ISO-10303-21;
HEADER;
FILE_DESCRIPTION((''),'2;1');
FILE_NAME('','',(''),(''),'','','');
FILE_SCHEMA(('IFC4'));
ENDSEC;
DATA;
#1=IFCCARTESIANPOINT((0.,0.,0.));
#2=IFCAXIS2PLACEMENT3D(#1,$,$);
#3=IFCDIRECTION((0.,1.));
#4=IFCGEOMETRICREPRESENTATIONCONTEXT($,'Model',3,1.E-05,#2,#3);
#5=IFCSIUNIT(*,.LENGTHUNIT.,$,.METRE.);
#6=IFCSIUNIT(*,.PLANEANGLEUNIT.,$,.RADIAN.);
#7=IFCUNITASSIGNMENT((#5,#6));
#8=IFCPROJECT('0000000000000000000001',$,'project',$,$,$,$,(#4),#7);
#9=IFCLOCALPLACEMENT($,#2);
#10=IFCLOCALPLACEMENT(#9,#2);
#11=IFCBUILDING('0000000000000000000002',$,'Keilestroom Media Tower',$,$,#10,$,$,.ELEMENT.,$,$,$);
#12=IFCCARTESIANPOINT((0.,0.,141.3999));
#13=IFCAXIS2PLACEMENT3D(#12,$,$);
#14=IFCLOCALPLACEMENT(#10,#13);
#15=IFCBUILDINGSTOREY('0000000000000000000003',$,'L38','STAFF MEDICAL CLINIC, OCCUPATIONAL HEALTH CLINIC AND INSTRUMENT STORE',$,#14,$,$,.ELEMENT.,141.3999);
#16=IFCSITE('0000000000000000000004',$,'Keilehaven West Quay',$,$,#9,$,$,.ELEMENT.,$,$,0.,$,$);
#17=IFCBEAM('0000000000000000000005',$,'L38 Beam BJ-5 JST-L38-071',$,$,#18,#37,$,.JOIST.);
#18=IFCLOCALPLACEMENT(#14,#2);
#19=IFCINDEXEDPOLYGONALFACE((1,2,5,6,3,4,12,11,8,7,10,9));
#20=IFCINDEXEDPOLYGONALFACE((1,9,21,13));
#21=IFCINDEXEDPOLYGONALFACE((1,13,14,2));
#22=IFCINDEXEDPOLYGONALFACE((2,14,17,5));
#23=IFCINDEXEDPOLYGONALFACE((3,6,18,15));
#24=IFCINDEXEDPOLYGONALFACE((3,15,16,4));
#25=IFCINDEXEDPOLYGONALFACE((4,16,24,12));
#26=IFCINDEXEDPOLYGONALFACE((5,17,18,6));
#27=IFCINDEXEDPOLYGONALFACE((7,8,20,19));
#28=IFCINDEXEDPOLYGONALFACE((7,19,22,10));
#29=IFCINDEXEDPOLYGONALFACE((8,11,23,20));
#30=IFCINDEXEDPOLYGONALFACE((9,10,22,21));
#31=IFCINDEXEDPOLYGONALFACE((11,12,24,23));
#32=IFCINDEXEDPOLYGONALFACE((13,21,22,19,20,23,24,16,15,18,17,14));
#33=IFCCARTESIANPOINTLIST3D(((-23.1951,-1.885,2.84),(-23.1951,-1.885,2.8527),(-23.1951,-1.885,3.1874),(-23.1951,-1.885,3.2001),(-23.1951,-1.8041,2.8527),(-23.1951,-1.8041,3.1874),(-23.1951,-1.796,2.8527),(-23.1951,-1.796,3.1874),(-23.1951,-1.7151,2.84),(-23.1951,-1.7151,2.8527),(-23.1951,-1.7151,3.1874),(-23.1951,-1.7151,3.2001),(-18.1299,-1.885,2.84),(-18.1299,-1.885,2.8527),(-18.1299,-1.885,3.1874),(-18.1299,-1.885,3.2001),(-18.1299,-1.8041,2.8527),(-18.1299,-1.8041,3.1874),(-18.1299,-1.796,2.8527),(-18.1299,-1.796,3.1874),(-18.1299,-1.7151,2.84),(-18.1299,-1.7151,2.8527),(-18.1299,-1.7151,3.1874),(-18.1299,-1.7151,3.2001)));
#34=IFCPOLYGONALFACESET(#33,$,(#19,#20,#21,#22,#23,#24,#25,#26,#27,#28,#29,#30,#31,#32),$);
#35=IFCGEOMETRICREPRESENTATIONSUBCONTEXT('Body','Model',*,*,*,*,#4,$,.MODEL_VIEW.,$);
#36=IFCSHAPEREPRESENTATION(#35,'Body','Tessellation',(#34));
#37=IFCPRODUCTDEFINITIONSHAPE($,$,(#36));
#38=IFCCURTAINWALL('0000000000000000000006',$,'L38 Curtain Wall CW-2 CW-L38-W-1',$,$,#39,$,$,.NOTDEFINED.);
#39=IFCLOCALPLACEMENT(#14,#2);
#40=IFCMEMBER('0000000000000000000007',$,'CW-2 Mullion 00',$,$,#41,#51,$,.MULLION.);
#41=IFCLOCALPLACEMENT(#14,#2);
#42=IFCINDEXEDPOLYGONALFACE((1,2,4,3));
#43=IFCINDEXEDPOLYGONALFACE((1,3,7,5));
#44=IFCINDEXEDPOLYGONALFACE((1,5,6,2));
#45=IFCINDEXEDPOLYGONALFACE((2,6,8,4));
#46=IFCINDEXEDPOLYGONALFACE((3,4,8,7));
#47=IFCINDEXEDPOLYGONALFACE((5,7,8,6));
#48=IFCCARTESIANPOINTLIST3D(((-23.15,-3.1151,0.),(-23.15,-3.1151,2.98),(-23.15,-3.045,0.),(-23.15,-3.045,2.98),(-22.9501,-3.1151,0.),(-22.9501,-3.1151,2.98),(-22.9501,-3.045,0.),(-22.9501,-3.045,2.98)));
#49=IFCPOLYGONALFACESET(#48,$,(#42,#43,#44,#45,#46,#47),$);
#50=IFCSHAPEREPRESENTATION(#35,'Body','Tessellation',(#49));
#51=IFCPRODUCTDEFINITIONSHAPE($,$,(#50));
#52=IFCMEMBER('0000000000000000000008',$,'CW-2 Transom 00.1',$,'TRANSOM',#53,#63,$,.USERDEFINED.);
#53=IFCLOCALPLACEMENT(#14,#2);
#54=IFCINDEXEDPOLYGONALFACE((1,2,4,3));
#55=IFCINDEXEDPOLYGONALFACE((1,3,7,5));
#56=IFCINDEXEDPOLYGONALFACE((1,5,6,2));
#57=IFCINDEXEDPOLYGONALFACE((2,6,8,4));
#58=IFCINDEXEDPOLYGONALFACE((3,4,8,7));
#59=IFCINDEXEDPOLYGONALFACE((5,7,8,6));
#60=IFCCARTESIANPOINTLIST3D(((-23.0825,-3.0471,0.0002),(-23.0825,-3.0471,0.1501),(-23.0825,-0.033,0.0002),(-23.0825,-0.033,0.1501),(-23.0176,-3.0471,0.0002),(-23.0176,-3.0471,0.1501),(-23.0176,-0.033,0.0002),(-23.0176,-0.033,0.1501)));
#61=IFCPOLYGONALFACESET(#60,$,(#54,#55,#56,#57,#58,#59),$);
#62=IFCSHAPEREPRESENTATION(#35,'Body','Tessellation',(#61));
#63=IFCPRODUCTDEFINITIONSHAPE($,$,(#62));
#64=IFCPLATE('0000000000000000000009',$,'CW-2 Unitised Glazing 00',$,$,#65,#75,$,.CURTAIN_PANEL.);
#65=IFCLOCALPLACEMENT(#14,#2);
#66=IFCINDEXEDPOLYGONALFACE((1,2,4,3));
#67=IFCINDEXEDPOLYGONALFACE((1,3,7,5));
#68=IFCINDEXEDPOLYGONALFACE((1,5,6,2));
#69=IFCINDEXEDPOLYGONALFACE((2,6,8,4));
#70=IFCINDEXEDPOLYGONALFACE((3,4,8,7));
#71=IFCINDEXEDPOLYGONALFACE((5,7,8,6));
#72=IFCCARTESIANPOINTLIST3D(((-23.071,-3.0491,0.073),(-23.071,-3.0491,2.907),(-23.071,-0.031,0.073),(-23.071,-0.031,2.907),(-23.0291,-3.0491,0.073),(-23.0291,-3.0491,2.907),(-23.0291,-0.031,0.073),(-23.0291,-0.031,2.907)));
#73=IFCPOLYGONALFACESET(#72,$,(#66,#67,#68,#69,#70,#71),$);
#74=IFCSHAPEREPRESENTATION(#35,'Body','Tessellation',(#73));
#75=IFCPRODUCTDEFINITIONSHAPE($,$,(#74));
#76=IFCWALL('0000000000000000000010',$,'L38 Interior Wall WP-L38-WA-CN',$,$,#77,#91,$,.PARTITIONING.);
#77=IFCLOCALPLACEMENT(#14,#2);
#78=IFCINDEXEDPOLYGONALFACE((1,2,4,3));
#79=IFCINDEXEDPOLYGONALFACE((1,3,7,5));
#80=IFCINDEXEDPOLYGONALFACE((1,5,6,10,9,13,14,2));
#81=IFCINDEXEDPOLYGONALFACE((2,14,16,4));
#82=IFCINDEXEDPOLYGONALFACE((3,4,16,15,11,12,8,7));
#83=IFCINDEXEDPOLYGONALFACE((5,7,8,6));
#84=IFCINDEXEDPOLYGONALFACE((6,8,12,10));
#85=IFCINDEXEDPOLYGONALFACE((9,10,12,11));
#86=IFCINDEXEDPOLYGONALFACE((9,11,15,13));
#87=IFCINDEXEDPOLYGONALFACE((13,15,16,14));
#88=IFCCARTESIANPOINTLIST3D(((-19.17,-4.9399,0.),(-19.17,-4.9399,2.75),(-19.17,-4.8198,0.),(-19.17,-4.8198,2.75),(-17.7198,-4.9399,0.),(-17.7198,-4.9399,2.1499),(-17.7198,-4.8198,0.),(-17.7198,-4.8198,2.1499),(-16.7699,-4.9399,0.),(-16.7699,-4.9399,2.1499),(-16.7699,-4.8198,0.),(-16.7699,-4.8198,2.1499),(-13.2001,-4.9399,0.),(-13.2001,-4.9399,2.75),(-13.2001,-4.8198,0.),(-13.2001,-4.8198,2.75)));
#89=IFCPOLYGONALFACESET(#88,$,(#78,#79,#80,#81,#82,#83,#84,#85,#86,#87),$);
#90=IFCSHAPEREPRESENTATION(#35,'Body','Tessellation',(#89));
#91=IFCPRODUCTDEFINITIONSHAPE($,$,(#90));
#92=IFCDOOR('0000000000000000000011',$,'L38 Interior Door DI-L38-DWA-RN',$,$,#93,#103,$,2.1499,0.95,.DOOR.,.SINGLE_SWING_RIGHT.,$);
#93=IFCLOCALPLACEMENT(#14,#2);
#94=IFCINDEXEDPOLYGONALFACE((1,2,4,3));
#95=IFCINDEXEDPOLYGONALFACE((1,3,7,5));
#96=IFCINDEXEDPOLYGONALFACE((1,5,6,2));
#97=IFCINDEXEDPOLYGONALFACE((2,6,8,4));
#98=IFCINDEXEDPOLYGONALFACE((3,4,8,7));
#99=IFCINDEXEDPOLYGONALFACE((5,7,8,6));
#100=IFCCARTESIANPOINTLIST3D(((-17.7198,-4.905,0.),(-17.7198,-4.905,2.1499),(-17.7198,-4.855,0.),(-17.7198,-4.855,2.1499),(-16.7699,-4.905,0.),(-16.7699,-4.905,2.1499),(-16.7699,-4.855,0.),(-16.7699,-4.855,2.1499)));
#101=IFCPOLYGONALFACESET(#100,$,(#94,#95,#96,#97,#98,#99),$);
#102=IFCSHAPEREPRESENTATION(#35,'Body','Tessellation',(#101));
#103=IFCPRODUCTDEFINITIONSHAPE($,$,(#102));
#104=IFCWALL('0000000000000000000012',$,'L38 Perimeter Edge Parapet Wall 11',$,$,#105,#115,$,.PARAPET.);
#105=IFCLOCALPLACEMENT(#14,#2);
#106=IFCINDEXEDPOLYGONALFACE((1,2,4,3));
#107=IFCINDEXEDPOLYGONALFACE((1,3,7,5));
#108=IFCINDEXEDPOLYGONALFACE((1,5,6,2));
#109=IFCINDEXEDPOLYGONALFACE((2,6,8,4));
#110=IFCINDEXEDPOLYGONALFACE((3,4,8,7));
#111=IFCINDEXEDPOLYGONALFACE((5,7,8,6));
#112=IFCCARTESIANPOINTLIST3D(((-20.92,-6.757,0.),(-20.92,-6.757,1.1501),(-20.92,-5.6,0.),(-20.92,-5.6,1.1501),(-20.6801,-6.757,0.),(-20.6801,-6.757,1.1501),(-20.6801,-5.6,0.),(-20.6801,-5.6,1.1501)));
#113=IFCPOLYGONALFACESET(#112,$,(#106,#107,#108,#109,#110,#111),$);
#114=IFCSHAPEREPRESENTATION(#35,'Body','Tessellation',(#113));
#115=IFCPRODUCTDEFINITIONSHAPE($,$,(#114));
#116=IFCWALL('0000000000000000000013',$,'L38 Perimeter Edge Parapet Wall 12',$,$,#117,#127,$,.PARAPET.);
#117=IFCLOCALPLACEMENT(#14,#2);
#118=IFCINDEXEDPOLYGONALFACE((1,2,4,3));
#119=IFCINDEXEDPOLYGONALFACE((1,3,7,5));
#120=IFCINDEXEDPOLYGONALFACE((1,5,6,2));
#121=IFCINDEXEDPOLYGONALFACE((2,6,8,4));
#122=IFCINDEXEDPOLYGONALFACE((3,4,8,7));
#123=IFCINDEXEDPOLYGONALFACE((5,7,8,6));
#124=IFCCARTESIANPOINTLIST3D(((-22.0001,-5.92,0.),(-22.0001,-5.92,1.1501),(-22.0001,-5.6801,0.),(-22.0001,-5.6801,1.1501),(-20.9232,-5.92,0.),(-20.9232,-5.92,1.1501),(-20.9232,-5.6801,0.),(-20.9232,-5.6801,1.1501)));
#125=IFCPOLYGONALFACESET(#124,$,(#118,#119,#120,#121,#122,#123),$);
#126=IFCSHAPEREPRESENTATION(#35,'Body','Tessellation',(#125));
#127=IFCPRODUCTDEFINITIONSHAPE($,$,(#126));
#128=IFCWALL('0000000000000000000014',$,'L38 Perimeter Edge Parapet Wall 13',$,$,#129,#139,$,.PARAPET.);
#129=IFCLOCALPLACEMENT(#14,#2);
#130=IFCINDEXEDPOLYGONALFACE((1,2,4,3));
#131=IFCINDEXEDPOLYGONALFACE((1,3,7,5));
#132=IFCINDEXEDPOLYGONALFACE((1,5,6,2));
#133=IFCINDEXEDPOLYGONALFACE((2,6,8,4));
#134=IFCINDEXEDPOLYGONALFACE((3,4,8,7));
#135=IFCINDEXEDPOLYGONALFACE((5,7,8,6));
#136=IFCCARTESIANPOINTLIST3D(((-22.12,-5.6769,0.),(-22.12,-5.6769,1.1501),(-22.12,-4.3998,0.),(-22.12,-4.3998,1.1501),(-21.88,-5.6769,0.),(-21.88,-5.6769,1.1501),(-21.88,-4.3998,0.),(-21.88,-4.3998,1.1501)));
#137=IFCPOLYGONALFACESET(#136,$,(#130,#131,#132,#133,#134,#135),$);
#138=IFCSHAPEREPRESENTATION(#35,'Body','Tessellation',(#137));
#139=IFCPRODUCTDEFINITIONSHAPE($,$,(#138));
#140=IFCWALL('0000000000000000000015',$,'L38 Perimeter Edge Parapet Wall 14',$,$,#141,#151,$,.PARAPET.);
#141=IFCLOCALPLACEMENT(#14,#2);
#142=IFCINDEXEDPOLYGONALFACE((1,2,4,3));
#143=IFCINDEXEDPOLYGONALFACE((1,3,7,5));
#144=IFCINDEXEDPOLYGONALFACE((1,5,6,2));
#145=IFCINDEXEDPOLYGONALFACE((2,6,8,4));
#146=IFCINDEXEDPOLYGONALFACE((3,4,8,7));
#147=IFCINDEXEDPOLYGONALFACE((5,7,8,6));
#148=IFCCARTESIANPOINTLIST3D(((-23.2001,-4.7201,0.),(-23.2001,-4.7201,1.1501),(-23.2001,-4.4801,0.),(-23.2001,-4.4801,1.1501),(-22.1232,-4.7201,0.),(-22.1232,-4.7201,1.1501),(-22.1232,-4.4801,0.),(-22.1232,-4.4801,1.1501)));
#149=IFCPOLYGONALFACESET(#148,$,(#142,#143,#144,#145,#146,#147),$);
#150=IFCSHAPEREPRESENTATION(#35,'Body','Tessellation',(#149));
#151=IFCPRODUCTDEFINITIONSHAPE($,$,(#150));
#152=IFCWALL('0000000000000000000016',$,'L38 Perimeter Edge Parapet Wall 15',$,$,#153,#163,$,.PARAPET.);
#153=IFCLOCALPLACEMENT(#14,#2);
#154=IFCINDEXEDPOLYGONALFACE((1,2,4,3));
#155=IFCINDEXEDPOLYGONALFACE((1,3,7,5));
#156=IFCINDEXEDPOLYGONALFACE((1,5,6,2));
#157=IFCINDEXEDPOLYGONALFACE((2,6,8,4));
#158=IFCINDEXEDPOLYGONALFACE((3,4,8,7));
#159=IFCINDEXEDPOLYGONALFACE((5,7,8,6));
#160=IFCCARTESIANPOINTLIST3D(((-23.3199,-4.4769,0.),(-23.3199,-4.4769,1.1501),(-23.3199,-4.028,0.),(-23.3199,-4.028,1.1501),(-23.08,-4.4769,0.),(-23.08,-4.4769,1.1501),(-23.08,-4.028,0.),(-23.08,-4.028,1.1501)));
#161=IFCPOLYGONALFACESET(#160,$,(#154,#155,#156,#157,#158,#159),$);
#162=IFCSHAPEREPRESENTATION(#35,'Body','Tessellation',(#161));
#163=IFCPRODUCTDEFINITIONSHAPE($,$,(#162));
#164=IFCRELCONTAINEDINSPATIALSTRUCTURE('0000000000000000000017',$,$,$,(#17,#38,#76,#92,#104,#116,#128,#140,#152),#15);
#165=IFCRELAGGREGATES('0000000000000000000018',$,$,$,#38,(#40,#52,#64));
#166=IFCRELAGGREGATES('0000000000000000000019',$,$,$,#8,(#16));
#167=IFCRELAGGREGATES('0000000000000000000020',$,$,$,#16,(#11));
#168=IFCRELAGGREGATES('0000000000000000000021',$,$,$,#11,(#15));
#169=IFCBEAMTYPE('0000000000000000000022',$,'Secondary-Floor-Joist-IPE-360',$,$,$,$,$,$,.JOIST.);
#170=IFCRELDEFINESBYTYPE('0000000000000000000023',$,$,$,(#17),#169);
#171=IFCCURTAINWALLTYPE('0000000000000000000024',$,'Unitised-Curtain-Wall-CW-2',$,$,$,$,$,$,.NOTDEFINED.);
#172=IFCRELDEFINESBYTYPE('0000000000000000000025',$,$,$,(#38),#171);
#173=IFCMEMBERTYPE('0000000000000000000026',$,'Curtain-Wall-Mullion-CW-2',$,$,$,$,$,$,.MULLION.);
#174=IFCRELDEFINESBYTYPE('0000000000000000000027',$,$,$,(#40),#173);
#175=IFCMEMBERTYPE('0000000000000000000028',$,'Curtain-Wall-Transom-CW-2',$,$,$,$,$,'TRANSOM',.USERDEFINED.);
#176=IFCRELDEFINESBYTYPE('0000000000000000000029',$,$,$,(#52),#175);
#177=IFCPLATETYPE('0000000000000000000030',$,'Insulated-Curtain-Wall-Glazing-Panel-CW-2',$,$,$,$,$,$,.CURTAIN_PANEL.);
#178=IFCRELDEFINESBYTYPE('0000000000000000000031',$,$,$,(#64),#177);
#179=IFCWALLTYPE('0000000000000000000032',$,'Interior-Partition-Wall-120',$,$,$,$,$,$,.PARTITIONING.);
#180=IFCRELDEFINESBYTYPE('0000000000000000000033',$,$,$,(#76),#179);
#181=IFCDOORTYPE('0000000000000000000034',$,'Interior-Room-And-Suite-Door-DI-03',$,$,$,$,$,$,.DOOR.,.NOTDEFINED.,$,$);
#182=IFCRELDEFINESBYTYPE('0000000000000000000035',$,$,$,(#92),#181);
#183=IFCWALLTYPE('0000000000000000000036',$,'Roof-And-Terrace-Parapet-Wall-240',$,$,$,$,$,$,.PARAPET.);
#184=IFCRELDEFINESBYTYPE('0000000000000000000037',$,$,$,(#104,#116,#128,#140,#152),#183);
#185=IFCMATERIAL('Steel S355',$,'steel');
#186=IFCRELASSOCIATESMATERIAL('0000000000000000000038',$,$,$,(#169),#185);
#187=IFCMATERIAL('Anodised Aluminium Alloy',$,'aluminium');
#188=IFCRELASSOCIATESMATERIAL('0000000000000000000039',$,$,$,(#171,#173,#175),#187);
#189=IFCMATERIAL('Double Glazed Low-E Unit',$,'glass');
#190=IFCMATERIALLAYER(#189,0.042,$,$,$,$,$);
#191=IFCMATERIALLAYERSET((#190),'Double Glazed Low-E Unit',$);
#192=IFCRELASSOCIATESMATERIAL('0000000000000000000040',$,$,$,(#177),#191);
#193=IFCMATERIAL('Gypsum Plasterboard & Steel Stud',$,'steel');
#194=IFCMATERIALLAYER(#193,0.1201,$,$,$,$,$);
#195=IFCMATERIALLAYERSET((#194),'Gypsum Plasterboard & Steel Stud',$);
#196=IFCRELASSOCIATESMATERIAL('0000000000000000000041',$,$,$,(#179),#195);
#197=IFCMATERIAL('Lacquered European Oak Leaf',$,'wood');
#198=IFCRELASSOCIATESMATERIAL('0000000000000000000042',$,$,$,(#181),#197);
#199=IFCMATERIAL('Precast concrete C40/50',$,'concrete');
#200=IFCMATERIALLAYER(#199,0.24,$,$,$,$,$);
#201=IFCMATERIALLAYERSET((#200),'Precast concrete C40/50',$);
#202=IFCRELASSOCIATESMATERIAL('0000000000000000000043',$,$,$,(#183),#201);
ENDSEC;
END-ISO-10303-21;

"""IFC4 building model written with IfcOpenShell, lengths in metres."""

from ifc_helpers import new_model, si_unit, direction, frame, frame_2d, origin, origin_2d, place, context, subcontext, project, spatial, rectangle, i_section, extrude, source, transform, mapped, material, layer, layer_set, material_profile, profile_set, type_object, element, fill, aggregate, save


model = new_model("IFC4")

# Units and contexts
model_context = context("Model", 3, precision=1e-05, world=origin(), true_north=direction((0.0, 1.0)))
body_context = subcontext(model_context, "Body", "Model", "MODEL_VIEW")
ifc_project = project(units=[si_unit("LENGTHUNIT", "METRE"), si_unit("PLANEANGLEUNIT", "RADIAN")], contexts=[model_context])

# Site, building, storey
site_placement = place(None, origin())
site = spatial("IfcSite", under=ifc_project, at=site_placement, Name="Keilehaven West Quay", CompositionType="ELEMENT", RefElevation=0.0)
building_placement = place(site_placement, origin())
building = spatial("IfcBuilding", under=site, at=building_placement, Name="Keilestroom Media Tower", CompositionType="ELEMENT")
storey_placement = place(building_placement, frame((0.0, 0.0, 141.3999)))
storey = spatial("IfcBuildingStorey", under=building, at=storey_placement, Name="L38", Description="STAFF MEDICAL CLINIC, OCCUPATIONAL HEALTH CLINIC AND INSTRUMENT STORE", CompositionType="ELEMENT", Elevation=141.3999)

# Shared definitions
ifc_material_1 = material(Name="Precast concrete C40/50", Category="concrete")
ifc_material_2 = material(Name="Steel S355", Category="steel")

# Beam
ifc_material_profile_1 = material_profile(ifc_material_2, i_section(OverallWidth=0.1699, OverallDepth=0.3601, WebThickness=0.0081, FlangeThickness=0.0127, at=origin_2d()), Name="IPE 360")
ifc_profile_set_1 = profile_set([ifc_material_profile_1], Name="Steel S355")
beam_type_1 = type_object("IfcBeamType", Name="Secondary-Floor-Joist-IPE-360", PredefinedType="JOIST", material=ifc_profile_set_1)
shared_shape_1 = source(origin(), body_context, "Body", "SweptSolid", [
    extrude(i_section(OverallWidth=0.1699, OverallDepth=0.3601, WebThickness=0.0081, FlangeThickness=0.0127, at=origin_2d()), origin(), (0.0, 0.0, 1.0), 5.0652),
])
beam_1_placement = place(storey_placement, frame((-23.1951, -1.8, 3.02), z_axis=(1.0, 0.0, 0.0), x_axis=(0.0, 1.0, 0.0)))
element("IfcBeam", 1, at=beam_1_placement, inside=storey, type_object=beam_type_1, Name="L38 Beam BJ-5 JST-L38-071", PredefinedType="JOIST", context=body_context, shape_type="MappedRepresentation", body=[
    mapped(shared_shape_1, transform((0.0, 0.0, 0.0), x_axis=(1.0, 0.0, 0.0), y_axis=(0.0, 1.0, 0.0), z_axis=(0.0, 0.0, 1.0), scale=1.0)),
])

# Curtain wall, members, plate
ifc_material_3 = material(Name="Anodised Aluminium Alloy", Category="aluminium")
curtain_wall_type = type_object("IfcCurtainWallType", Name="Unitised-Curtain-Wall-CW-2", PredefinedType="NOTDEFINED", material=ifc_material_3)
curtain_wall_placement = place(storey_placement, origin())
curtain_wall = element("IfcCurtainWall", 2, at=curtain_wall_placement, inside=storey, type_object=curtain_wall_type, Name="L38 Curtain Wall CW-2 CW-L38-W-1", PredefinedType="NOTDEFINED")
ifc_material_profile_2 = material_profile(ifc_material_3, rectangle(XDim=0.0701, YDim=0.2, at=origin_2d()), Name="ALU MULLION 70x200")
ifc_profile_set_2 = profile_set([ifc_material_profile_2], Name="Anodised Aluminium Alloy")
member_type_1 = type_object("IfcMemberType", Name="Curtain-Wall-Mullion-CW-2", PredefinedType="MULLION", material=ifc_profile_set_2)
shared_shape_2 = source(origin(), body_context, "Body", "SweptSolid", [
    extrude(rectangle(XDim=0.0701, YDim=0.2, at=origin_2d()), origin(), (0.0, 0.0, 1.0), 2.98),
])
member_1_placement = place(storey_placement, frame((-23.05, -3.0801, 0.0), z_axis=(0.0, 0.0, 1.0), x_axis=(0.0, 1.0, 0.0)))
member_1 = element("IfcMember", 3, at=member_1_placement, type_object=member_type_1, Name="CW-2 Mullion 00", PredefinedType="MULLION", context=body_context, shape_type="MappedRepresentation", body=[
    mapped(shared_shape_2, transform((0.0, 0.0, 0.0), x_axis=(1.0, 0.0, 0.0), y_axis=(0.0, 1.0, 0.0), z_axis=(0.0, 0.0, 1.0), scale=1.0)),
])
ifc_material_profile_3 = material_profile(ifc_material_3, rectangle(XDim=0.0649, YDim=0.1499, at=origin_2d()), Name="ALU TRANSOM 65x150")
ifc_profile_set_3 = profile_set([ifc_material_profile_3], Name="Anodised Aluminium Alloy")
member_type_2 = type_object("IfcMemberType", Name="Curtain-Wall-Transom-CW-2", ElementType="TRANSOM", PredefinedType="USERDEFINED", material=ifc_profile_set_3)
shared_shape_3 = source(origin(), body_context, "Body", "SweptSolid", [
    extrude(rectangle(XDim=0.0649, YDim=0.1499, at=origin_2d()), origin(), (0.0, 0.0, 1.0), 3.0142),
])
member_2_placement = place(storey_placement, frame((-23.05, -3.0471, 0.0752), z_axis=(0.0, 1.0, 0.0), x_axis=(-1.0, 0.0, 0.0)))
member_2 = element("IfcMember", 4, at=member_2_placement, type_object=member_type_2, Name="CW-2 Transom 00.1", ObjectType="TRANSOM", PredefinedType="USERDEFINED", context=body_context, shape_type="MappedRepresentation", body=[
    mapped(shared_shape_3, transform((0.0, 0.0, 0.0), x_axis=(1.0, 0.0, 0.0), y_axis=(0.0, 1.0, 0.0), z_axis=(0.0, 0.0, 1.0), scale=1.0)),
])
ifc_material_4 = material(Name="Double Glazed Low-E Unit", Category="glass")
ifc_layer_1 = layer(ifc_material_4, 0.042)
ifc_layer_set_1 = layer_set([ifc_layer_1], Name="Double Glazed Low-E Unit")
plate_type = type_object("IfcPlateType", Name="Insulated-Curtain-Wall-Glazing-Panel-CW-2", PredefinedType="CURTAIN_PANEL", material=ifc_layer_set_1)
shared_shape_4 = source(origin(), body_context, "Body", "SweptSolid", [
    extrude(rectangle(XDim=3.0181, YDim=0.042, at=origin_2d()), origin(), (0.0, 0.0, 1.0), 2.834),
])
plate_placement = place(storey_placement, frame((-23.05, -1.54, 0.073), z_axis=(0.0, 0.0, 1.0), x_axis=(0.0, 1.0, 0.0)))
plate = element("IfcPlate", 5, at=plate_placement, type_object=plate_type, Name="CW-2 Unitised Glazing 00", PredefinedType="CURTAIN_PANEL", context=body_context, shape_type="MappedRepresentation", body=[
    mapped(shared_shape_4, transform((0.0, 0.0, 0.0), x_axis=(1.0, 0.0, 0.0), y_axis=(0.0, 1.0, 0.0), z_axis=(0.0, 0.0, 1.0), scale=1.0)),
])
aggregate(curtain_wall, [member_1, member_2, plate])

# Wall, opening, door
ifc_material_5 = material(Name="Gypsum Plasterboard & Steel Stud", Category="steel")
ifc_layer_2 = layer(ifc_material_5, 0.1201)
ifc_layer_set_2 = layer_set([ifc_layer_2], Name="Gypsum Plasterboard & Steel Stud")
wall_type_1 = type_object("IfcWallType", Name="Interior-Partition-Wall-120", PredefinedType="PARTITIONING", material=ifc_layer_set_2)
wall_1_placement = place(storey_placement, frame((-19.1699, -4.8799, 0.0), z_axis=(0.0, 0.0, 1.0), x_axis=(1.0, 0.0, 0.0)))
wall_1 = element("IfcWall", 6, at=wall_1_placement, inside=storey, type_object=wall_type_1, Name="L38 Interior Wall WP-L38-WA-CN", PredefinedType="PARTITIONING", context=body_context, shape_type="SweptSolid", body=[
    extrude(rectangle(XDim=5.97, YDim=0.1201, at=frame_2d((2.9849, 0.0))), origin(), (0.0, 0.0, 1.0), 2.75),
])
opening_placement = place(wall_1_placement, frame((1.45, 0.0, 0.0)))
opening = element("IfcOpeningElement", 7, at=opening_placement, cuts=wall_1, PredefinedType="OPENING", context=body_context, shape_type="SweptSolid", body=[
    extrude(rectangle(XDim=0.95, YDim=2.1499, at=frame_2d((0.4751, 1.075))), frame((0.0, 0.0701, 0.0), z_axis=(0.0, -1.0, 0.0), x_axis=(1.0, 0.0, 0.0)), (0.0, 0.0, 1.0), 0.1401),
])
ifc_material_6 = material(Name="Lacquered European Oak Leaf", Category="wood")
door_type = type_object("IfcDoorType", Name="Interior-Room-And-Suite-Door-DI-03", OperationType="NOTDEFINED", PredefinedType="DOOR", material=ifc_material_6)
shared_shape_5 = source(origin(), body_context, "Body", "SweptSolid", [
    extrude(rectangle(XDim=0.95, YDim=2.1499, at=frame_2d((0.4751, 1.075))), frame((0.0, 0.0249, 0.0), z_axis=(0.0, -1.0, 0.0), x_axis=(1.0, 0.0, 0.0)), (0.0, 0.0, 1.0), 0.05),
])
door_placement = place(opening_placement, origin())
door = element("IfcDoor", 8, at=door_placement, inside=storey, type_object=door_type, Name="L38 Interior Door DI-L38-DWA-RN", OperationType="SINGLE_SWING_RIGHT", OverallHeight=2.1499, OverallWidth=0.95, PredefinedType="DOOR", context=body_context, shape_type="MappedRepresentation", body=[
    mapped(shared_shape_5, transform((0.0, 0.0, 0.0), x_axis=(1.0, 0.0, 0.0), y_axis=(0.0, 1.0, 0.0), z_axis=(0.0, 0.0, 1.0), scale=1.0)),
])
fill(opening, door)

# Walls
ifc_layer_3 = layer(ifc_material_1, 0.24)
ifc_layer_set_3 = layer_set([ifc_layer_3], Name="Precast concrete C40/50")
wall_type_2 = type_object("IfcWallType", Name="Roof-And-Terrace-Parapet-Wall-240", PredefinedType="PARAPET", material=ifc_layer_set_3)
wall_2_placement = place(storey_placement, frame((-20.8, -6.7571, 0.0), z_axis=(0.0, 0.0, 1.0), x_axis=(0.0, 1.0, 0.0)))
element("IfcWall", 9, at=wall_2_placement, inside=storey, type_object=wall_type_2, Name="L38 Perimeter Edge Parapet Wall 11", PredefinedType="PARAPET", context=body_context, shape_type="SweptSolid", body=[
    extrude(rectangle(XDim=1.157, YDim=0.24, at=frame_2d((0.5786, 0.0))), origin(), (0.0, 0.0, 1.0), 1.1501),
])
wall_3_placement = place(storey_placement, frame((-20.9231, -5.8, 0.0), z_axis=(0.0, 0.0, 1.0), x_axis=(-1.0, 0.0, 0.0)))
element("IfcWall", 10, at=wall_3_placement, inside=storey, type_object=wall_type_2, Name="L38 Perimeter Edge Parapet Wall 12", PredefinedType="PARAPET", context=body_context, shape_type="SweptSolid", body=[
    extrude(rectangle(XDim=1.0769, YDim=0.24, at=frame_2d((0.5386, 0.0))), origin(), (0.0, 0.0, 1.0), 1.1501),
])
wall_4_placement = place(storey_placement, frame((-22.0, -5.677, 0.0), z_axis=(0.0, 0.0, 1.0), x_axis=(0.0, 1.0, 0.0)))
element("IfcWall", 11, at=wall_4_placement, inside=storey, type_object=wall_type_2, Name="L38 Perimeter Edge Parapet Wall 13", PredefinedType="PARAPET", context=body_context, shape_type="SweptSolid", body=[
    extrude(rectangle(XDim=1.2771, YDim=0.24, at=frame_2d((0.6387, 0.0))), origin(), (0.0, 0.0, 1.0), 1.1501),
])
wall_5_placement = place(storey_placement, frame((-22.123, -4.6001, 0.0), z_axis=(0.0, 0.0, 1.0), x_axis=(-1.0, 0.0, 0.0)))
element("IfcWall", 12, at=wall_5_placement, inside=storey, type_object=wall_type_2, Name="L38 Perimeter Edge Parapet Wall 14", PredefinedType="PARAPET", context=body_context, shape_type="SweptSolid", body=[
    extrude(rectangle(XDim=1.0769, YDim=0.24, at=frame_2d((0.5386, 0.0))), origin(), (0.0, 0.0, 1.0), 1.1501),
])
wall_6_placement = place(storey_placement, frame((-23.2, -4.4771, 0.0), z_axis=(0.0, 0.0, 1.0), x_axis=(0.0, 1.0, 0.0)))
element("IfcWall", 13, at=wall_6_placement, inside=storey, type_object=wall_type_2, Name="L38 Perimeter Edge Parapet Wall 15", PredefinedType="PARAPET", context=body_context, shape_type="SweptSolid", body=[
    extrude(rectangle(XDim=0.449, YDim=0.24, at=frame_2d((0.2246, 0.0))), origin(), (0.0, 0.0, 1.0), 1.1501),
])

save(model, "model.ifc")
